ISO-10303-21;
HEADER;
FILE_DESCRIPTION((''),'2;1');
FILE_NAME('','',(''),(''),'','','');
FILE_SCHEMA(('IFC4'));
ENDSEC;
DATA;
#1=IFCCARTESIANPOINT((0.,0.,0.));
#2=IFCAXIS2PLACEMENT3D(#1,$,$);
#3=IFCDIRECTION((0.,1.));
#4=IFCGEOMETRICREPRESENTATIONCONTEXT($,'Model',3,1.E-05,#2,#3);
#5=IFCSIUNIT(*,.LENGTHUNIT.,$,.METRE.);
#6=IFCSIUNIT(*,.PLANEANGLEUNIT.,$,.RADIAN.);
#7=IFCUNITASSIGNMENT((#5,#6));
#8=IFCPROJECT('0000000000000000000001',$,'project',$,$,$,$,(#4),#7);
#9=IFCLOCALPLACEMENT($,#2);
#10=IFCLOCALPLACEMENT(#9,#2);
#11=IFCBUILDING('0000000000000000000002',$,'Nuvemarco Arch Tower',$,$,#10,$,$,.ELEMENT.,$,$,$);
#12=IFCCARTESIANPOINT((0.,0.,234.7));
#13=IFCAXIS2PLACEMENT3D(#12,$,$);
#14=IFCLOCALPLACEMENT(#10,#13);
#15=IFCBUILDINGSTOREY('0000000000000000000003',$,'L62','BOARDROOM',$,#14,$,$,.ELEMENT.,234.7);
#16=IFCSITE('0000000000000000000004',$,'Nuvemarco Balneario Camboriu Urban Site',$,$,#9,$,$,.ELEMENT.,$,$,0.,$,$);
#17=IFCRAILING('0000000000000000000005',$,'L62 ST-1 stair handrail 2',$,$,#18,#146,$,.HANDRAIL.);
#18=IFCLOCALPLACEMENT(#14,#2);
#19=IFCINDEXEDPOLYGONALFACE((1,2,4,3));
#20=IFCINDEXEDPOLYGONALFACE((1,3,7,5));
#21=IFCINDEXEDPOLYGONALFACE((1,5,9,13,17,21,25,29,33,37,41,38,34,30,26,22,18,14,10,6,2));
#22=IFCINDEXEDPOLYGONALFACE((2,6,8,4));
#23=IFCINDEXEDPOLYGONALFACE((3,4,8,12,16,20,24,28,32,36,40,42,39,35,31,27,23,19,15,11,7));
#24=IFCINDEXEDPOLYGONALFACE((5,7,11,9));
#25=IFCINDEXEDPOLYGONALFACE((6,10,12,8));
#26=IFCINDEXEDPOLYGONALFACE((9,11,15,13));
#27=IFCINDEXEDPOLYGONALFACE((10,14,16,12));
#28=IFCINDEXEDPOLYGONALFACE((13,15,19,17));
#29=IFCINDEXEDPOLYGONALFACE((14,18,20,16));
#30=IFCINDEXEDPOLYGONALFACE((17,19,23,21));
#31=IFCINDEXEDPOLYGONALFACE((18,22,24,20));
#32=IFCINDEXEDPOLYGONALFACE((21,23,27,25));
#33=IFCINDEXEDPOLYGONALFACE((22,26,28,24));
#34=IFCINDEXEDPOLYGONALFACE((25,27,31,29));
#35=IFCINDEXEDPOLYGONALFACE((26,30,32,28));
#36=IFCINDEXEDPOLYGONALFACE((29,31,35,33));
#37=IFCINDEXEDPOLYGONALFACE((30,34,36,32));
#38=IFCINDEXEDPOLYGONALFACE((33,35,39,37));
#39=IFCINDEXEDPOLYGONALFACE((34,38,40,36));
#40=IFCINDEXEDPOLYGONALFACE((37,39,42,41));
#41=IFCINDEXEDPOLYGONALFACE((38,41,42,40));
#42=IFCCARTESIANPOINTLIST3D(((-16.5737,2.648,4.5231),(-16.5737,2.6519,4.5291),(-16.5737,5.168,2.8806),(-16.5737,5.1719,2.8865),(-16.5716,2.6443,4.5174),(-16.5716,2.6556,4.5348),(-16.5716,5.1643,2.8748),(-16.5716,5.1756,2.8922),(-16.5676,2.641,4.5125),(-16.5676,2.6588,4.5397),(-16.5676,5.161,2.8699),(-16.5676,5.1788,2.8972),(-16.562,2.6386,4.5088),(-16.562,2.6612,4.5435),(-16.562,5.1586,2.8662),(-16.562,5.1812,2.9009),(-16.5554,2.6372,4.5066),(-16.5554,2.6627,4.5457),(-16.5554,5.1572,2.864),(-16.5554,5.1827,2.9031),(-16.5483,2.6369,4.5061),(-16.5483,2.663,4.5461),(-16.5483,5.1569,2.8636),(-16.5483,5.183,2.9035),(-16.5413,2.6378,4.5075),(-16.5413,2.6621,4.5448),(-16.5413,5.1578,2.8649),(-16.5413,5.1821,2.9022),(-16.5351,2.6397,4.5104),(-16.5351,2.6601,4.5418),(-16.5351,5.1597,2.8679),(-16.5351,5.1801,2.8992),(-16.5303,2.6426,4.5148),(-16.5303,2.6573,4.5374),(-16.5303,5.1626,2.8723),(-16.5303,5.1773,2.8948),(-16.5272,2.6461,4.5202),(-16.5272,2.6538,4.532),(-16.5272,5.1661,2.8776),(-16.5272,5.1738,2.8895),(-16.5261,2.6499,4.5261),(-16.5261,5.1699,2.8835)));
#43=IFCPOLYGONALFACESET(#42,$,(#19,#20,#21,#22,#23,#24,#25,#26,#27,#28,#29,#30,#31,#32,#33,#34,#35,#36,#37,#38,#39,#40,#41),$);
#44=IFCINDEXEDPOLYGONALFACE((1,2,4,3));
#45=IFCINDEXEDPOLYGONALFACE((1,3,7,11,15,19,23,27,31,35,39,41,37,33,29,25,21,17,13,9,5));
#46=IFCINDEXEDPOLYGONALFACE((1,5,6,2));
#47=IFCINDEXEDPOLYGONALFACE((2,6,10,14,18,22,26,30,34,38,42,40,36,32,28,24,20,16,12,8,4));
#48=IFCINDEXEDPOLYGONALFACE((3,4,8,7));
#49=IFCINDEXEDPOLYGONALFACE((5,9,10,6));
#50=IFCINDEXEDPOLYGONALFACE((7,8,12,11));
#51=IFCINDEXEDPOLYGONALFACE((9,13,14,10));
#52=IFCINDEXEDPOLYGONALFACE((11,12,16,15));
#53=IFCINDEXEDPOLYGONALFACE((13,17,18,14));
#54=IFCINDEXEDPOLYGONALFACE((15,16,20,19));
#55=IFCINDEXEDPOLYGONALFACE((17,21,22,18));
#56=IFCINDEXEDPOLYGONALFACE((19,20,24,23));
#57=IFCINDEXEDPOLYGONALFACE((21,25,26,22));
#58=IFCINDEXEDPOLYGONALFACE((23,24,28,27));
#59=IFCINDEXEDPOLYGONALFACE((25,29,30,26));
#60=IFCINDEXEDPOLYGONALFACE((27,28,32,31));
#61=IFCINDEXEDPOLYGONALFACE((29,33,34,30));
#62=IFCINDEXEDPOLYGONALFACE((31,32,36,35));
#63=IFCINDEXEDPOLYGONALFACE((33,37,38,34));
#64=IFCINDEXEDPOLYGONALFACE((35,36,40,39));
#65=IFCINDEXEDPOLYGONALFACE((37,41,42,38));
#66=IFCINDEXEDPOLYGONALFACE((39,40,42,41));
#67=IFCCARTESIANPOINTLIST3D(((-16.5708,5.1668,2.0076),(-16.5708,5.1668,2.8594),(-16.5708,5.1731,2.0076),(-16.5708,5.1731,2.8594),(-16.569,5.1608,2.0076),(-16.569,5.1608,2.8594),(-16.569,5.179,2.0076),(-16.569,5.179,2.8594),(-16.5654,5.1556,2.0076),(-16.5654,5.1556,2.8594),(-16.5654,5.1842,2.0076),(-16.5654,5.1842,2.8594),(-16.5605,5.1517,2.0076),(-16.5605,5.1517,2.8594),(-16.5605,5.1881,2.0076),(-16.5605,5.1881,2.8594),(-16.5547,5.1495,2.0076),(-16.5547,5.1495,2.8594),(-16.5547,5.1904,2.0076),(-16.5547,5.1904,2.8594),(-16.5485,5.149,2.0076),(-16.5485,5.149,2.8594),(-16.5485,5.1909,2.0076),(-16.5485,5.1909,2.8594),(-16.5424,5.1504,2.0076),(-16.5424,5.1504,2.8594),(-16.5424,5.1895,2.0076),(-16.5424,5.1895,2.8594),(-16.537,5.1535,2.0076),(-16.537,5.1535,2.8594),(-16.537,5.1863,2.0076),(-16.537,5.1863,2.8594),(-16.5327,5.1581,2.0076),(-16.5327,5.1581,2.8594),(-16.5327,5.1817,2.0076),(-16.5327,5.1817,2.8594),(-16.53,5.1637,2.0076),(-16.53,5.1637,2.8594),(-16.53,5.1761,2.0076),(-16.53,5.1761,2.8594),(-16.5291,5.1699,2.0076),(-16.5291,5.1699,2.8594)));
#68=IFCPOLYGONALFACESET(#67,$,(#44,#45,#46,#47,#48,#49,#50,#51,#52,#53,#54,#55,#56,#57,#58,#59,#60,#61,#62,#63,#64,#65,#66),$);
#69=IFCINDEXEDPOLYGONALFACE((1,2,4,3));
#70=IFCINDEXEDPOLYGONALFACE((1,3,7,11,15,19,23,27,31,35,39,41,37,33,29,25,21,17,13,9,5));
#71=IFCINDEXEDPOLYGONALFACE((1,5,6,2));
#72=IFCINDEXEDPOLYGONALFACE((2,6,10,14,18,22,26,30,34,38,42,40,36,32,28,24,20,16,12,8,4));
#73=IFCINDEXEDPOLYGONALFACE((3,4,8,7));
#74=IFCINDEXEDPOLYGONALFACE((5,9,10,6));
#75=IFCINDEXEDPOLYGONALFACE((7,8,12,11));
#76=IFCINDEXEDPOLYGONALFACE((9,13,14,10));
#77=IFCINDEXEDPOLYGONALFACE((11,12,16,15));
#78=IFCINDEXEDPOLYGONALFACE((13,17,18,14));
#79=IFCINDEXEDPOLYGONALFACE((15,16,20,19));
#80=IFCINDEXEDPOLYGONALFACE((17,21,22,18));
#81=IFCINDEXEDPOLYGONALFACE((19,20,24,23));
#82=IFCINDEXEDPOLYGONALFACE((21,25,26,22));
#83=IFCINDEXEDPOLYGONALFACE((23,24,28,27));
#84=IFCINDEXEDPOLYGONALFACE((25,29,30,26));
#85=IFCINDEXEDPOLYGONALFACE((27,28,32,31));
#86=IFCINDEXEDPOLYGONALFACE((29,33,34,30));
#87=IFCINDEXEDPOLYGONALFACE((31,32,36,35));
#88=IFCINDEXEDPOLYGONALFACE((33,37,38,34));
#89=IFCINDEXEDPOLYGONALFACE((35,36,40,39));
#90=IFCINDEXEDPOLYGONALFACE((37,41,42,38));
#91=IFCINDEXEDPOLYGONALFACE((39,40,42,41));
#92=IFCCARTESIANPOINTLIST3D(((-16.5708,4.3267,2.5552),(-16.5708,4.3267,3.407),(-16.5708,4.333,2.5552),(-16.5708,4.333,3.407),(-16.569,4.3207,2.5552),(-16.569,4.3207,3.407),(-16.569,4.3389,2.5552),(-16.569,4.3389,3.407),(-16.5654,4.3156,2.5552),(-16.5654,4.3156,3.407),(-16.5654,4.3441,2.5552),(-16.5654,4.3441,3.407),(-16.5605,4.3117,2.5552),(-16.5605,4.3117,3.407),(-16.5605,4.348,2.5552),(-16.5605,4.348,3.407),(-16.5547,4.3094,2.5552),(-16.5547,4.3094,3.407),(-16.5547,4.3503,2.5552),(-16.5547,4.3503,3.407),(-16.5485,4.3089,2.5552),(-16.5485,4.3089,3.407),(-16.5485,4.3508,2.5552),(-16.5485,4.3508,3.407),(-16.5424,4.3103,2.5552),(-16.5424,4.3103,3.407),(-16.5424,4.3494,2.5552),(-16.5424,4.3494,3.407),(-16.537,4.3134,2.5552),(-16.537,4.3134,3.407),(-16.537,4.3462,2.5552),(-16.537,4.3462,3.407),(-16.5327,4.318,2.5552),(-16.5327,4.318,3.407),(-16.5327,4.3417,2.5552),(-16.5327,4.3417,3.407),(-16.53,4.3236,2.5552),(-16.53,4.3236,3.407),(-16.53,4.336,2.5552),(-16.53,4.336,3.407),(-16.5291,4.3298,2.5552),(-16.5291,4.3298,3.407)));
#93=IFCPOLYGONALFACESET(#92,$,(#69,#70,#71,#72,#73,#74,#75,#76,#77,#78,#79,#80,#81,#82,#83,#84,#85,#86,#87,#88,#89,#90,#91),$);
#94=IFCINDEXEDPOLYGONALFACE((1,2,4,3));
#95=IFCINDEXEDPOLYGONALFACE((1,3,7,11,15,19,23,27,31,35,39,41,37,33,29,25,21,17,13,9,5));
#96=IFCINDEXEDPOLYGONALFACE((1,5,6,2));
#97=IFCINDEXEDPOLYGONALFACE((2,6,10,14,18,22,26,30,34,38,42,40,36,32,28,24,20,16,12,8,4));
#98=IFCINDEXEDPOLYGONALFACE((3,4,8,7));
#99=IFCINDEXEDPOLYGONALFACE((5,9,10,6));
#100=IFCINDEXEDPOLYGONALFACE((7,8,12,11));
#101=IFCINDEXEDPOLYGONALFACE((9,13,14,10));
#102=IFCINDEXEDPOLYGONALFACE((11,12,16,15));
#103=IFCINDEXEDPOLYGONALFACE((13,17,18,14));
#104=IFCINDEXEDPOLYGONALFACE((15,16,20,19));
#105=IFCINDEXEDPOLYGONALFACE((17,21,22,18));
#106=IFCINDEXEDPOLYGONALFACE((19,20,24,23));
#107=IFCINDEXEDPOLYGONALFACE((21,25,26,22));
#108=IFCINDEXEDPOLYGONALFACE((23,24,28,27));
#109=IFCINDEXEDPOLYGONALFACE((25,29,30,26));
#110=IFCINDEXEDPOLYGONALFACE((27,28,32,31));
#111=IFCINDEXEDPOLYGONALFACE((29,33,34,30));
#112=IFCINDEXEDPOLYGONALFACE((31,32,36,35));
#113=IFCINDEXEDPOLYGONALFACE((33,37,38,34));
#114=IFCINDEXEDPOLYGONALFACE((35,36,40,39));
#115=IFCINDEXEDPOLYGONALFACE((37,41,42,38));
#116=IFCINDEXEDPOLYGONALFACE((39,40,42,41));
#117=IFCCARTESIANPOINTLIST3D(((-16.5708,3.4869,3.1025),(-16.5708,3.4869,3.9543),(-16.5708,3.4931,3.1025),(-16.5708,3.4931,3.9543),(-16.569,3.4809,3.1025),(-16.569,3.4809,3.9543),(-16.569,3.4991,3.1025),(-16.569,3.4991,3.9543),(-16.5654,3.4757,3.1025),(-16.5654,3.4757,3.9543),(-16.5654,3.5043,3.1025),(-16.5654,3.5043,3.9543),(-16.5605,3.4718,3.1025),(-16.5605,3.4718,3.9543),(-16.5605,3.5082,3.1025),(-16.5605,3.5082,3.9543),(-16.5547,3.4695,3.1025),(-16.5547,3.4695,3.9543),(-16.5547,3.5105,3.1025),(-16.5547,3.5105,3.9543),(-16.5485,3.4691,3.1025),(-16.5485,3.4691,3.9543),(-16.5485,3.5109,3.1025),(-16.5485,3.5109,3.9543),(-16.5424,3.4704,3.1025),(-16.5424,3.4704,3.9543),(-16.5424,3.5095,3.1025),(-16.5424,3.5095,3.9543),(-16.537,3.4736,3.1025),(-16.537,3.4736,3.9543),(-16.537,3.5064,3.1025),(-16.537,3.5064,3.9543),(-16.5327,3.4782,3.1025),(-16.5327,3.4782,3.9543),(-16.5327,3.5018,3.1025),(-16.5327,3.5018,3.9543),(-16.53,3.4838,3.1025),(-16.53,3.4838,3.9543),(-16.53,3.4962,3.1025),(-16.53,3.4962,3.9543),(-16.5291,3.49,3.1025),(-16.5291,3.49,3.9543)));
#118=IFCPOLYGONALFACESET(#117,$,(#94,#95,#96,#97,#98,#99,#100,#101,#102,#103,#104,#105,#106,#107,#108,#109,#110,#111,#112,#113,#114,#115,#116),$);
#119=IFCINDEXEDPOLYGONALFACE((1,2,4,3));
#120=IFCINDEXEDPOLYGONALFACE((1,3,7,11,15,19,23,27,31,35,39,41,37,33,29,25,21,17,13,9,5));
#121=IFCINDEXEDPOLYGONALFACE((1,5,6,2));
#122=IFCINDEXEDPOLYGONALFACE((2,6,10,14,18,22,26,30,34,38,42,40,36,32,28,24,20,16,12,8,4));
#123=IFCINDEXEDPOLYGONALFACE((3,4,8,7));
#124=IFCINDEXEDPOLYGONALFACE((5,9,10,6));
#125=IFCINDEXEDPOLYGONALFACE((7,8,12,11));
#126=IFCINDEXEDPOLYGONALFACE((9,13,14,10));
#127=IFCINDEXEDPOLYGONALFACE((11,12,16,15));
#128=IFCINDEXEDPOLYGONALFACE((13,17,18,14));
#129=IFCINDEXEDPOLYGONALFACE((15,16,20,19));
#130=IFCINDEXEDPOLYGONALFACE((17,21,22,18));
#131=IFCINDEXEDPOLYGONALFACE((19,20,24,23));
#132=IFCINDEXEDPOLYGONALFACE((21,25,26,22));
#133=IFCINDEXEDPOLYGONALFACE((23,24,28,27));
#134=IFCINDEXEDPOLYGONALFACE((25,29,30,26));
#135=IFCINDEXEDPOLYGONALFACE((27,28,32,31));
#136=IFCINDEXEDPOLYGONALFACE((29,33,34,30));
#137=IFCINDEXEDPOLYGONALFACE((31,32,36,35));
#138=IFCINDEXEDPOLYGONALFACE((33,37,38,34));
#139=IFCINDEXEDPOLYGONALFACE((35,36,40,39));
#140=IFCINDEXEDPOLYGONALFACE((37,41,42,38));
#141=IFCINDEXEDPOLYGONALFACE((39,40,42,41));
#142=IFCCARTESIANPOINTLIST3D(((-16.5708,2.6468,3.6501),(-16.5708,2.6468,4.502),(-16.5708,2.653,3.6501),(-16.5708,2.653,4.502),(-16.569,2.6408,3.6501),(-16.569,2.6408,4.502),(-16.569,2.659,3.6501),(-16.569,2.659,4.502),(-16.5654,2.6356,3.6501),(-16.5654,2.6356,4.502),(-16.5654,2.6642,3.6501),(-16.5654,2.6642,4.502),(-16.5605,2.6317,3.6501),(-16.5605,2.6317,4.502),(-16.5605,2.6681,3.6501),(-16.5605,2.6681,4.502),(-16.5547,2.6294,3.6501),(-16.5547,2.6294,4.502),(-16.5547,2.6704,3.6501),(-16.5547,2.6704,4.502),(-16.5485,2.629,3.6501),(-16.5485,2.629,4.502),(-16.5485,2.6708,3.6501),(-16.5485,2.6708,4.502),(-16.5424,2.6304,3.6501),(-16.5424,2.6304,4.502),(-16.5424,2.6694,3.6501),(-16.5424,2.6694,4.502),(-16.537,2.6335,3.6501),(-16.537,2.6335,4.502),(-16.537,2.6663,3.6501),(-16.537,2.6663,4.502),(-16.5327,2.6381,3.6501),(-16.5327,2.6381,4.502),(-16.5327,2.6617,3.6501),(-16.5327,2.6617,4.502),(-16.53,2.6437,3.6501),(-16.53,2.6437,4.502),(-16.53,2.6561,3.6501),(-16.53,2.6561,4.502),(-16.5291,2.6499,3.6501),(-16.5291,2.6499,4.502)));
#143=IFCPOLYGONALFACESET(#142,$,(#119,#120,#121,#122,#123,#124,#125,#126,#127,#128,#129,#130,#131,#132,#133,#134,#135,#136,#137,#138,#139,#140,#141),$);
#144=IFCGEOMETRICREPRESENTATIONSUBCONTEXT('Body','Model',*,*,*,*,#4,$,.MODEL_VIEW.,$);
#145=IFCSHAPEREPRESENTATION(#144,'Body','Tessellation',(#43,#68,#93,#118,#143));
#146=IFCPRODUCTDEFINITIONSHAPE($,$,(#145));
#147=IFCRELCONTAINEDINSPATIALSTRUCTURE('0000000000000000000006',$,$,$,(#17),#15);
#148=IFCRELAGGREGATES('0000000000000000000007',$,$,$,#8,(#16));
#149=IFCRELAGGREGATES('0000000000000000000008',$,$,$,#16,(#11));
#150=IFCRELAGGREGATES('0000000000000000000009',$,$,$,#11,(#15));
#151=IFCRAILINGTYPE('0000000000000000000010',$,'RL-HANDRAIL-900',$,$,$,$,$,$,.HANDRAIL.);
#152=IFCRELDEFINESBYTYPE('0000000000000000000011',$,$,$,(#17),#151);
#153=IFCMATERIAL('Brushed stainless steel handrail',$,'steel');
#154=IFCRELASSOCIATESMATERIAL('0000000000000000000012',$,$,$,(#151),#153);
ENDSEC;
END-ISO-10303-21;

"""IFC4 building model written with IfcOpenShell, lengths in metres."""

from ifc_helpers import new_model, si_unit, direction, frame, origin, origin_2d, place, context, subcontext, project, spatial, circle, extrude, material, type_object, element, save


model = new_model("IFC4")

# Units and contexts
model_context = context("Model", 3, precision=1e-05, world=origin(), true_north=direction((0.0, 1.0)))
body_context = subcontext(model_context, "Body", "Model", "MODEL_VIEW")
ifc_project = project(units=[si_unit("LENGTHUNIT", "METRE"), si_unit("PLANEANGLEUNIT", "RADIAN")], contexts=[model_context])

# Site, building, storey
site_placement = place(None, origin())
site = spatial("IfcSite", under=ifc_project, at=site_placement, Name="Nuvemarco Balneario Camboriu Urban Site", CompositionType="ELEMENT", RefElevation=0.0)
building_placement = place(site_placement, origin())
building = spatial("IfcBuilding", under=site, at=building_placement, Name="Nuvemarco Arch Tower", CompositionType="ELEMENT")
storey_placement = place(building_placement, frame((0.0, 0.0, 234.7)))
storey = spatial("IfcBuildingStorey", under=building, at=storey_placement, Name="L62", Description="BOARDROOM", CompositionType="ELEMENT", Elevation=234.7)

# Railing
ifc_material_1 = material(Name="Brushed stainless steel handrail", Category="steel")
railing_type_1 = type_object("IfcRailingType", Name="RL-HANDRAIL-900", PredefinedType="HANDRAIL", material=ifc_material_1)
railing_1_placement = place(storey_placement, frame((-16.55, 5.1699, 2.0076)))
element("IfcRailing", 1, at=railing_1_placement, inside=storey, type_object=railing_type_1, Name="L62 ST-1 stair handrail 2", PredefinedType="HANDRAIL", context=body_context, shape_type="SweptSolid", body=[
    extrude(circle(Radius=0.0239, at=origin_2d()), frame((0.0, 0.0, 0.876), z_axis=(0.0, -0.837749, 0.546055), x_axis=(1.0, 0.0, 0.0)), (0.0, 0.0, 1.0), 3.0081),
    extrude(circle(Radius=0.021, at=origin_2d()), origin(), (0.0, 0.0, 1.0), 0.8518),
    extrude(circle(Radius=0.021, at=origin_2d()), frame((0.0, -0.8401, 0.5476)), (0.0, 0.0, 1.0), 0.8518),
    extrude(circle(Radius=0.021, at=origin_2d()), frame((0.0, -1.6799, 1.095)), (0.0, 0.0, 1.0), 0.8518),
    extrude(circle(Radius=0.021, at=origin_2d()), frame((0.0, -2.52, 1.6426)), (0.0, 0.0, 1.0), 0.8518),
])

save(model, "model.ifc")
